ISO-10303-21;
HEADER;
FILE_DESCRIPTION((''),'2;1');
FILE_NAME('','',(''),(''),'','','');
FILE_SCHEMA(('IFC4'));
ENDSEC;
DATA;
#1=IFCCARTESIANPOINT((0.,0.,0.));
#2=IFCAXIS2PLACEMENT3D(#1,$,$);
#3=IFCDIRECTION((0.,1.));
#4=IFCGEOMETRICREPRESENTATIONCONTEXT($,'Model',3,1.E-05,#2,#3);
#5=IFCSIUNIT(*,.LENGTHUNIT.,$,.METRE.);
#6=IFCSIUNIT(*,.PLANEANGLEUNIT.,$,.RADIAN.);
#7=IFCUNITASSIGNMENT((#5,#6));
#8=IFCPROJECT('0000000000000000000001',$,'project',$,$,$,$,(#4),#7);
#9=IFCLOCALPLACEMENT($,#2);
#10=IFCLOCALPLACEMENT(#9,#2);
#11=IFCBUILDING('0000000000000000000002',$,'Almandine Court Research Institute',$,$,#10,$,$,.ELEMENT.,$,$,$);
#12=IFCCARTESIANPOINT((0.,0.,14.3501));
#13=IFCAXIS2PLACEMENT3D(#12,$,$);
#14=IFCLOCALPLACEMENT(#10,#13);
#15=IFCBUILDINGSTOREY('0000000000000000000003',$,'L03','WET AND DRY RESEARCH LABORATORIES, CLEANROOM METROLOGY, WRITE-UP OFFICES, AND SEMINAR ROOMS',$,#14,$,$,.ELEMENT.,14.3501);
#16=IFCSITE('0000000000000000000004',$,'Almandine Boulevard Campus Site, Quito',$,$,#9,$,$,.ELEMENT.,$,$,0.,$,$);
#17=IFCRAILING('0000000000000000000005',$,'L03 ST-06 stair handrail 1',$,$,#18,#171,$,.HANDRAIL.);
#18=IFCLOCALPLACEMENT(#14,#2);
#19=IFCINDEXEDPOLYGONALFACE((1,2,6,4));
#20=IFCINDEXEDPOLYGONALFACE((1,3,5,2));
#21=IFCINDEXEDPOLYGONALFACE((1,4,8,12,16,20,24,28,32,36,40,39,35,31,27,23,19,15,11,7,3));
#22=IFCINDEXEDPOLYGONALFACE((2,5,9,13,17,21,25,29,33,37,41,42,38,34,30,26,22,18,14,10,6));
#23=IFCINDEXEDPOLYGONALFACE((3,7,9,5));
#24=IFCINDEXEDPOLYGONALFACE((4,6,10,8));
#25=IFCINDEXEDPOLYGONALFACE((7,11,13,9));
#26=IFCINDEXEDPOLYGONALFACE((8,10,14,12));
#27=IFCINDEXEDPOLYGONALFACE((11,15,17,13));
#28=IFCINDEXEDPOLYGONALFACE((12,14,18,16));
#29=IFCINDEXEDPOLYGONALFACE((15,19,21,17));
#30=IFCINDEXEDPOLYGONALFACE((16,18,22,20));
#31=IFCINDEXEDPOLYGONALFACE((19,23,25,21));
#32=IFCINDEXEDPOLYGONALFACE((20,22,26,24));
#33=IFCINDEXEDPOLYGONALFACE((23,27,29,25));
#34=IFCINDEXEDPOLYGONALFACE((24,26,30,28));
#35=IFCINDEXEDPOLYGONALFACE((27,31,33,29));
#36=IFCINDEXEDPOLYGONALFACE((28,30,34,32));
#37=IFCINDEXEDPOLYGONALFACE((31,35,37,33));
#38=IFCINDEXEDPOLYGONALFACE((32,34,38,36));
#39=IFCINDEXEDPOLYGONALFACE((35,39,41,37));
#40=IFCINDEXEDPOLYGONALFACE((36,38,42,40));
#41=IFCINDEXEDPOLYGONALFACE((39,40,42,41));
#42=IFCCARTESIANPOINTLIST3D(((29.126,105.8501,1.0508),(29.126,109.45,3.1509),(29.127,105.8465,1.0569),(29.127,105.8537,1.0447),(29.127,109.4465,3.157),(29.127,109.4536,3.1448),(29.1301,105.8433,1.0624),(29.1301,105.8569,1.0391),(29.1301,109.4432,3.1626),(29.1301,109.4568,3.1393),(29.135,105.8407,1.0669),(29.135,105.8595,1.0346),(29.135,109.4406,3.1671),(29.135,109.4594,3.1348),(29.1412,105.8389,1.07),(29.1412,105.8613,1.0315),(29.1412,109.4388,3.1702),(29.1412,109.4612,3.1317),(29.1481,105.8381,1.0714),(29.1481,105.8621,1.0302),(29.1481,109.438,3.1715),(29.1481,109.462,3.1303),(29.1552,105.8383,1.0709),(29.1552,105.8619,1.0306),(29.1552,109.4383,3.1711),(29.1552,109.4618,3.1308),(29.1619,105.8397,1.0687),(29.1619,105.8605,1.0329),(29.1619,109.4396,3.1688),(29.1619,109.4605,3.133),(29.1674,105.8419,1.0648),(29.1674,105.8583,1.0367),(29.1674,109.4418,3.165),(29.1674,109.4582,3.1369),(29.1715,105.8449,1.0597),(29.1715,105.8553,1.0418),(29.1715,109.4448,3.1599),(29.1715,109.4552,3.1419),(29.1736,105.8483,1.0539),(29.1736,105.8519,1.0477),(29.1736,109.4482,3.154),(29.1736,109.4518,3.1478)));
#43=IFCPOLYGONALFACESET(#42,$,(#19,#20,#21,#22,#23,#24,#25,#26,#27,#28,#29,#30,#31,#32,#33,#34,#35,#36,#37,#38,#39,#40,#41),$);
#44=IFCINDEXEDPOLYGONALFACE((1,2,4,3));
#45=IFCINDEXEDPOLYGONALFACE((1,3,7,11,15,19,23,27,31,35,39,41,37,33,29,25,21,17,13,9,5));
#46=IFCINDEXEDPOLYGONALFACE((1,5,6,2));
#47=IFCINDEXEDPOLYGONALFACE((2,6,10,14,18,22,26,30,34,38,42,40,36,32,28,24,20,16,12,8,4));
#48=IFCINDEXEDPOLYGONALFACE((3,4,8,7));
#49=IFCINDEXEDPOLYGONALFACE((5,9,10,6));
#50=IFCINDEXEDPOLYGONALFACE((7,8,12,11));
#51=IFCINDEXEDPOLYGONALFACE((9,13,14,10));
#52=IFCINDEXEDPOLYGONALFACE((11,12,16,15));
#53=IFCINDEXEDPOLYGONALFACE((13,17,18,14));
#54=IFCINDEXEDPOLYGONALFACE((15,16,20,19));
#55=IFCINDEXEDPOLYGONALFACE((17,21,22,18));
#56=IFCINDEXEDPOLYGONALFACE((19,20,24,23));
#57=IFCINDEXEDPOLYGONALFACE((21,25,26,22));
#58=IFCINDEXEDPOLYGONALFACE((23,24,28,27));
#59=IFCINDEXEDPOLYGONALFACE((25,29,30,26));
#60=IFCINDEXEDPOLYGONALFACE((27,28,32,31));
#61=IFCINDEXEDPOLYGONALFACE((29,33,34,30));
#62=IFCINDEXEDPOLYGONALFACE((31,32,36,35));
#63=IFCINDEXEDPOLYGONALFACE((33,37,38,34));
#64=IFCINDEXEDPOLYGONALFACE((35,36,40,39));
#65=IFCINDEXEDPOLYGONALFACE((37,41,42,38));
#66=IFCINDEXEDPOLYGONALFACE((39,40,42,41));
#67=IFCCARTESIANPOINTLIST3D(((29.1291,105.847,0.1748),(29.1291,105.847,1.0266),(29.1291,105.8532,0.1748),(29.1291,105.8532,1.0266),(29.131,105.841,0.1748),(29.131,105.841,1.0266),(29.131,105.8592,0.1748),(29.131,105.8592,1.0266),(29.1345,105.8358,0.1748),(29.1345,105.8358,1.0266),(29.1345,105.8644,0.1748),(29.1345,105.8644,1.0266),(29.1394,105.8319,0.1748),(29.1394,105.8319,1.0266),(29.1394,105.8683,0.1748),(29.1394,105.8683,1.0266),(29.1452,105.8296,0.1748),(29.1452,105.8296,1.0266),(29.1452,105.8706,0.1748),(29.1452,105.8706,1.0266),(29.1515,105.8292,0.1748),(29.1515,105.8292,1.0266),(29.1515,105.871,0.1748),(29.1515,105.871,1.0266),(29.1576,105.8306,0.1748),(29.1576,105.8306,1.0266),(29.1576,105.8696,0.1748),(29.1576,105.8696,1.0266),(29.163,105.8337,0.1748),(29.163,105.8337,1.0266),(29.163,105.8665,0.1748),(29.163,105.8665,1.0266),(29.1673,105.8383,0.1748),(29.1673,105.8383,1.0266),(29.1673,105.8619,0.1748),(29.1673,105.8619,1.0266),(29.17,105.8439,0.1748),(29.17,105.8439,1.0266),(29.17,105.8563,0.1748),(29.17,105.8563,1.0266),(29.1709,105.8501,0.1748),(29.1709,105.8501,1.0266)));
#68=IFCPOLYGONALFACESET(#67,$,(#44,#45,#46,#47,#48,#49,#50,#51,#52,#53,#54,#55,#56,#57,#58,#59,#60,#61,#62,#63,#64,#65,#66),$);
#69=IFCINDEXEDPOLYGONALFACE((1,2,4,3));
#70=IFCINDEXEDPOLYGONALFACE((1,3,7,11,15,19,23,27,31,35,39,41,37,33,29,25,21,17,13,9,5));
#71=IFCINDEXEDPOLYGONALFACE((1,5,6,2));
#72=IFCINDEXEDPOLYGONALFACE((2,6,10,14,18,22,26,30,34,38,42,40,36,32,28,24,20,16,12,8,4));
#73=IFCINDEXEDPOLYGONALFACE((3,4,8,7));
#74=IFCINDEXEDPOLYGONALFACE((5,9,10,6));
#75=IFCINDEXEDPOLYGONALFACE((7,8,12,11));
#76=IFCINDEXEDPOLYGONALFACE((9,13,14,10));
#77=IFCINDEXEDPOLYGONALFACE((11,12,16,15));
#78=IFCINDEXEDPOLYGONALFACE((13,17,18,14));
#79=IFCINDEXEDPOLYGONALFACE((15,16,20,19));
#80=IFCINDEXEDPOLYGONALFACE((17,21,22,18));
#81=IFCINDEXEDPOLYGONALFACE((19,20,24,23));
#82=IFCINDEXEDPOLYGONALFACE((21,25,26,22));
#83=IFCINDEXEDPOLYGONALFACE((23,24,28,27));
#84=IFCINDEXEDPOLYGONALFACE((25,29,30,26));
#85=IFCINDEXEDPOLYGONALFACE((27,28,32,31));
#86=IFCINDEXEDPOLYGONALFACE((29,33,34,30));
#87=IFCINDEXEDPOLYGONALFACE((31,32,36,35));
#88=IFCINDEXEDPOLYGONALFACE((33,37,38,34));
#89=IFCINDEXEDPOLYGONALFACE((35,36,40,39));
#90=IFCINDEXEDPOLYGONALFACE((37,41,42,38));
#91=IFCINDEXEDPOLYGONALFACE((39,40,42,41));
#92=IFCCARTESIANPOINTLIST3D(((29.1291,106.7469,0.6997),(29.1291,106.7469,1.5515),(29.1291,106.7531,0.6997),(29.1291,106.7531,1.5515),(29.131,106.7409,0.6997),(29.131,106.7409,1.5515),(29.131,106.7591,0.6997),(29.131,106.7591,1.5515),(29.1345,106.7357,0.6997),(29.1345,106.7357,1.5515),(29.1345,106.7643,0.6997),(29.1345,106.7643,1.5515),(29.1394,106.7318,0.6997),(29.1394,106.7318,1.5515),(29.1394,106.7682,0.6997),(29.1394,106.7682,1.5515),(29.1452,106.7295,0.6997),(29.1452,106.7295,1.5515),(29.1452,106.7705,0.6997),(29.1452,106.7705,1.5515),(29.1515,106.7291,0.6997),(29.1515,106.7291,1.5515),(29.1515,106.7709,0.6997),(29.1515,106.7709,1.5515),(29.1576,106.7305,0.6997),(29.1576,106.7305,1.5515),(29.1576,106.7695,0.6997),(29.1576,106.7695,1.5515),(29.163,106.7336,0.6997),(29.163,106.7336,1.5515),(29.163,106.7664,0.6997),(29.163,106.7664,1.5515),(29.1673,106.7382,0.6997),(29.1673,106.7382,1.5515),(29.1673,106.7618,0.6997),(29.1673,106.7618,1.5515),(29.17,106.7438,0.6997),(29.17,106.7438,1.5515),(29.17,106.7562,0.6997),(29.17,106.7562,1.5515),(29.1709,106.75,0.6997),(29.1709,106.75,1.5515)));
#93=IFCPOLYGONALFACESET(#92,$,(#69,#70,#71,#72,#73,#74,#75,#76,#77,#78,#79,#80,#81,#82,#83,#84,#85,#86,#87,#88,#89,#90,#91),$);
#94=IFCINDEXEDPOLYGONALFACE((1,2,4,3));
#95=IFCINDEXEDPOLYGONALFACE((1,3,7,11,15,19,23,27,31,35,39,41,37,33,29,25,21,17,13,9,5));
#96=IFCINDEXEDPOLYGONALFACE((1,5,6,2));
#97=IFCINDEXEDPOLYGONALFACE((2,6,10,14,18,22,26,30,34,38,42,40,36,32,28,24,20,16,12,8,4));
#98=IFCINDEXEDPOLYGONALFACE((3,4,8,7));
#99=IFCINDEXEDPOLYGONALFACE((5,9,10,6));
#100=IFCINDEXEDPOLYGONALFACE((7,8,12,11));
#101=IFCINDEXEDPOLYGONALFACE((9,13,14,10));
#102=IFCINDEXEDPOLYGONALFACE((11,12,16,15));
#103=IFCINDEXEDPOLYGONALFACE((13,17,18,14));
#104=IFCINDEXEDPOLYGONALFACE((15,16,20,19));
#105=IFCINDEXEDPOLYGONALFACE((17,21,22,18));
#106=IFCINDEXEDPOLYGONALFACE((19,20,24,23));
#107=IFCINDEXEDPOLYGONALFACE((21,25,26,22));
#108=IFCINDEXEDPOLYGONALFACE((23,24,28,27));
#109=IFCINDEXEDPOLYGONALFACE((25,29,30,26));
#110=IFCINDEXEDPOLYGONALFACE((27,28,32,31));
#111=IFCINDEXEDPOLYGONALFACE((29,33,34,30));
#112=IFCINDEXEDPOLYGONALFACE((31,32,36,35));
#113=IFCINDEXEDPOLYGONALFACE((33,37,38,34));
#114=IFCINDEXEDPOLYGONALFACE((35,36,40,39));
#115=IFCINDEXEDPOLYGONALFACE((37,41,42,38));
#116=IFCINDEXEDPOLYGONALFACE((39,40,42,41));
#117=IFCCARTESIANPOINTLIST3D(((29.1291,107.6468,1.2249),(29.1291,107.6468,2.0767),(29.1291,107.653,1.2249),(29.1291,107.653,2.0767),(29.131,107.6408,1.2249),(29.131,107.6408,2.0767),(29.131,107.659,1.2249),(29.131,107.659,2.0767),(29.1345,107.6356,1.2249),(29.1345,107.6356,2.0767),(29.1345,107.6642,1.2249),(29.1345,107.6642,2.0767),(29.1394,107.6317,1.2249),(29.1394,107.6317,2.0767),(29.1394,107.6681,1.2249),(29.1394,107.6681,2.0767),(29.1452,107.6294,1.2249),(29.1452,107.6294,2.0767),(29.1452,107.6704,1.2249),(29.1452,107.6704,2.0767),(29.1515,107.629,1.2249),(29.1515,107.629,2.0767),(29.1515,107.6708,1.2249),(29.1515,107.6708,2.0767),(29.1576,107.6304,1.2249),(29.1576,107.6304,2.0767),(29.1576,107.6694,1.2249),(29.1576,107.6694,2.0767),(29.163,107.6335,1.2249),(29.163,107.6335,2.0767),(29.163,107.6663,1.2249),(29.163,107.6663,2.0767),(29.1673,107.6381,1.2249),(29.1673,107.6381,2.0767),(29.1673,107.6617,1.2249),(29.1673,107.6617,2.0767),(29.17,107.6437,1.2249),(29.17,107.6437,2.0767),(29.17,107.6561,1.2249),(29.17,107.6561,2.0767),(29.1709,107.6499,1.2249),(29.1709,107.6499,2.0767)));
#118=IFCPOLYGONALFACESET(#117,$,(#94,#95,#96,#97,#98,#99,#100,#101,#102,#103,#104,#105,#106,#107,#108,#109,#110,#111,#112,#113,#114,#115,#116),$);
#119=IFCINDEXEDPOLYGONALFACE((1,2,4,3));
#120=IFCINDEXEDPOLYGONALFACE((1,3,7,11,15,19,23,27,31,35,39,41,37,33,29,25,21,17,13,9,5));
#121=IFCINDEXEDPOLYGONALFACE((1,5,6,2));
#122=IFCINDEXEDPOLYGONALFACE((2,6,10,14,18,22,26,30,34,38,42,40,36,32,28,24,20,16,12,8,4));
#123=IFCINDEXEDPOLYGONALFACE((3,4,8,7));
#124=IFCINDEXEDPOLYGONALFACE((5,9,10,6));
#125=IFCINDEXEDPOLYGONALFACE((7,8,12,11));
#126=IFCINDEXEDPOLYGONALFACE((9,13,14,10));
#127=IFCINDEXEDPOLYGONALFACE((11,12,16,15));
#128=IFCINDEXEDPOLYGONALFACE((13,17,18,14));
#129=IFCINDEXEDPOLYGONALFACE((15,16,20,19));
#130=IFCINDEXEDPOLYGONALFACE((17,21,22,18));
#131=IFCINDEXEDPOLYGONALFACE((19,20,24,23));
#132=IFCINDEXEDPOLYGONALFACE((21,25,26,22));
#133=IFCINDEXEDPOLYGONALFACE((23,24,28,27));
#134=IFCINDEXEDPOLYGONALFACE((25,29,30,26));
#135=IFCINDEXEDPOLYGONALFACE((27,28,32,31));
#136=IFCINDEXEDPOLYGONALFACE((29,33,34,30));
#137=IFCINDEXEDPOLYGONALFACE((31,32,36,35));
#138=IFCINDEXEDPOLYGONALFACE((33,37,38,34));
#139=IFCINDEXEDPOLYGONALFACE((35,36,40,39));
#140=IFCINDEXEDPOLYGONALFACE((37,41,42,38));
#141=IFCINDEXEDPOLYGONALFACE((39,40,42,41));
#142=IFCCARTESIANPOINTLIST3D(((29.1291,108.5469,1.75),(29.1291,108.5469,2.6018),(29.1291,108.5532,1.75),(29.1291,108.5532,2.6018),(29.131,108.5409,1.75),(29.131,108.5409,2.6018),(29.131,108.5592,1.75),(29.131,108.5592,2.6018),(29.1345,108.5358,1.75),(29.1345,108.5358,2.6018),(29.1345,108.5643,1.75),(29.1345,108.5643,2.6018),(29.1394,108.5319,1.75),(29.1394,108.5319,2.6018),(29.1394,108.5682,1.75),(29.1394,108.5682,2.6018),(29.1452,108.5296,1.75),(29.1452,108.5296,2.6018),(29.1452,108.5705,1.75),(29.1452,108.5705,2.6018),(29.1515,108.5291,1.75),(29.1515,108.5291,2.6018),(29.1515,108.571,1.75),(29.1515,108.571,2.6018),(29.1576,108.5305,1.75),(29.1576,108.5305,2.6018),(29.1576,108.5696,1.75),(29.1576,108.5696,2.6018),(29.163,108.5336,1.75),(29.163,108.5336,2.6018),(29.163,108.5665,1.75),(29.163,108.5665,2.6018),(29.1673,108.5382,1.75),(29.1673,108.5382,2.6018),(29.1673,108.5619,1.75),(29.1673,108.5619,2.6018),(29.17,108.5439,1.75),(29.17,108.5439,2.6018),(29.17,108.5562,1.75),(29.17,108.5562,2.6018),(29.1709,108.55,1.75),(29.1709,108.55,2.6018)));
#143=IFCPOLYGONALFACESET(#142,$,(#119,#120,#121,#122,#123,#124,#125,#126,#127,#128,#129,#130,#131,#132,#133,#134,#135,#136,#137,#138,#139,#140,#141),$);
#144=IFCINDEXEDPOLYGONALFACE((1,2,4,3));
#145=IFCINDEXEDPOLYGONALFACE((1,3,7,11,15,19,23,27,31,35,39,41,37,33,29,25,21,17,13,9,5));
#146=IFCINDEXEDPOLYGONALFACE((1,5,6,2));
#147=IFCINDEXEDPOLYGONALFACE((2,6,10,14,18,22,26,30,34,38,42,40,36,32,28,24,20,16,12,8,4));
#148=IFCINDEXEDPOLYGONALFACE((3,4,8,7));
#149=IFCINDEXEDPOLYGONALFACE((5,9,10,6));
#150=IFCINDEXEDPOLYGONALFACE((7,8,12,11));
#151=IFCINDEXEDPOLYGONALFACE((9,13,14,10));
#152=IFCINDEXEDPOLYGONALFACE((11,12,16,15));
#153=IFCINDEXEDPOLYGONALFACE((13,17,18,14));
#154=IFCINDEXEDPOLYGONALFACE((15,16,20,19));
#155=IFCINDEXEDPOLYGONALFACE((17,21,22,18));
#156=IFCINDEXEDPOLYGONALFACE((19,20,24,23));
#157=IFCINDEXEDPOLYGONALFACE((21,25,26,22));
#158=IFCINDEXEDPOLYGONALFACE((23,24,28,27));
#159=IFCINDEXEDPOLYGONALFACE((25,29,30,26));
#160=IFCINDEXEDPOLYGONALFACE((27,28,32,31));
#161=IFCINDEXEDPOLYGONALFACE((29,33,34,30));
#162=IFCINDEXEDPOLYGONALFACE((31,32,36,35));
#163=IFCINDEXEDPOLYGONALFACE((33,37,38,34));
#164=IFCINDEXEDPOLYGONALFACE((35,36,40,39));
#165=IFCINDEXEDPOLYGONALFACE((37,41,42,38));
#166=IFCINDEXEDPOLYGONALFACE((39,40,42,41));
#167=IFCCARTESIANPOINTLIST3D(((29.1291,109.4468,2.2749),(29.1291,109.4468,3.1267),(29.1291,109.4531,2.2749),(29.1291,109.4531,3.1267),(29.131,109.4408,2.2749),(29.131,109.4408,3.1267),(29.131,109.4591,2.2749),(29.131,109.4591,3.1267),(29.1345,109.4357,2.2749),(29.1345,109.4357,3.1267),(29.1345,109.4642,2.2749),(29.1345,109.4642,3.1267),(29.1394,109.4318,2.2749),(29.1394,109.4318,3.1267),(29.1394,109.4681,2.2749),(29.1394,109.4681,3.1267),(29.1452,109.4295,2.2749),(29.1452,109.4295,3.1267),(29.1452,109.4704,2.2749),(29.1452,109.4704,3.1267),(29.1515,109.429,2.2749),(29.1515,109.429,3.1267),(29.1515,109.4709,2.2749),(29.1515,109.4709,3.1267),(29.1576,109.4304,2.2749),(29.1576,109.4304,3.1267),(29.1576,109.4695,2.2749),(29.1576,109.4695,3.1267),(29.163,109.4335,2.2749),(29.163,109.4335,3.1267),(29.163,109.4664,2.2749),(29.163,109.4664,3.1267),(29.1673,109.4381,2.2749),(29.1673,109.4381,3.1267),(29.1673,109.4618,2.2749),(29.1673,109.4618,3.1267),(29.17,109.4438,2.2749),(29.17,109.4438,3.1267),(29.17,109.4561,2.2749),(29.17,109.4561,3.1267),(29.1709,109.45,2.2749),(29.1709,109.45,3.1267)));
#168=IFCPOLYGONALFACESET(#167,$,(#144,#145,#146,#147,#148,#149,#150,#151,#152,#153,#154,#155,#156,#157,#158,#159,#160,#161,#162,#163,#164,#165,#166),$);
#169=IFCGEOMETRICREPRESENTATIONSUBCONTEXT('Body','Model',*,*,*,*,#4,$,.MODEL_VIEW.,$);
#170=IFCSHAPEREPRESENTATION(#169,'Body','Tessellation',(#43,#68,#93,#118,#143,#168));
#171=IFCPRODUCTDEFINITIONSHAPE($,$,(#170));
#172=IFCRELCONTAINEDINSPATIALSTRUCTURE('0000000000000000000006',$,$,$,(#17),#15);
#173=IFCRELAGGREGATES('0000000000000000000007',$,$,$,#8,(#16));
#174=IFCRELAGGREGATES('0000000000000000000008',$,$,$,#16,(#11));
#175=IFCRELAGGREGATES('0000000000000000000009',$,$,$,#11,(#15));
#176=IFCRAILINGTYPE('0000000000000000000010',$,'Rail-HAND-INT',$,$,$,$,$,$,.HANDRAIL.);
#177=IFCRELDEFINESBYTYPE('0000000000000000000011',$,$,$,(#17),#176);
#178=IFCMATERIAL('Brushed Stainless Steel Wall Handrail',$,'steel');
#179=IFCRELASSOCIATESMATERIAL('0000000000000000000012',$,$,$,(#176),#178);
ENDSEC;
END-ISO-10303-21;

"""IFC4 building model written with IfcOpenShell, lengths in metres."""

from ifc_helpers import new_model, si_unit, direction, frame, origin, origin_2d, place, context, subcontext, project, spatial, circle, extrude, material, type_object, element, save


model = new_model("IFC4")

# Units and contexts
model_context = context("Model", 3, precision=1e-05, world=origin(), true_north=direction((0.0, 1.0)))
body_context = subcontext(model_context, "Body", "Model", "MODEL_VIEW")
ifc_project = project(units=[si_unit("LENGTHUNIT", "METRE"), si_unit("PLANEANGLEUNIT", "RADIAN")], contexts=[model_context])

# Site, building, storey
site_placement = place(None, origin())
site = spatial("IfcSite", under=ifc_project, at=site_placement, Name="Almandine Boulevard Campus Site, Quito", CompositionType="ELEMENT", RefElevation=0.0)
building_placement = place(site_placement, origin())
building = spatial("IfcBuilding", under=site, at=building_placement, Name="Almandine Court Research Institute", CompositionType="ELEMENT")
storey_placement = place(building_placement, frame((0.0, 0.0, 14.3501)))
storey = spatial("IfcBuildingStorey", under=building, at=storey_placement, Name="L03", Description="WET AND DRY RESEARCH LABORATORIES, CLEANROOM METROLOGY, WRITE-UP OFFICES, AND SEMINAR ROOMS", CompositionType="ELEMENT", Elevation=14.3501)

# Railing
ifc_material_1 = material(Name="Brushed Stainless Steel Wall Handrail", Category="steel")
railing_type_1 = type_object("IfcRailingType", Name="Rail-HAND-INT", PredefinedType="HANDRAIL", material=ifc_material_1)
railing_1_placement = place(storey_placement, frame((29.1499, 105.8501, 0.1748)))
element("IfcRailing", 1, at=railing_1_placement, inside=storey, type_object=railing_type_1, Name="L03 ST-06 stair handrail 1", PredefinedType="HANDRAIL", context=body_context, shape_type="SweptSolid", body=[
    extrude(circle(Radius=0.0239, at=origin_2d()), frame((0.0, 0.0, 0.876), z_axis=(0.0, 0.86376, 0.503904), x_axis=(-1.0, 0.0, 0.0)), (0.0, 0.0, 1.0), 4.1677),
    extrude(circle(Radius=0.021, at=origin_2d()), origin(), (0.0, 0.0, 1.0), 0.8518),
    extrude(circle(Radius=0.021, at=origin_2d()), frame((0.0, 0.8999, 0.5249)), (0.0, 0.0, 1.0), 0.8518),
    extrude(circle(Radius=0.021, at=origin_2d()), frame((0.0, 1.7998, 1.05)), (0.0, 0.0, 1.0), 0.8518),
    extrude(circle(Radius=0.021, at=origin_2d()), frame((0.0, 2.7, 1.5752)), (0.0, 0.0, 1.0), 0.8518),
    extrude(circle(Radius=0.021, at=origin_2d()), frame((0.0, 3.5999, 2.1001)), (0.0, 0.0, 1.0), 0.8518),
])

save(model, "model.ifc")
